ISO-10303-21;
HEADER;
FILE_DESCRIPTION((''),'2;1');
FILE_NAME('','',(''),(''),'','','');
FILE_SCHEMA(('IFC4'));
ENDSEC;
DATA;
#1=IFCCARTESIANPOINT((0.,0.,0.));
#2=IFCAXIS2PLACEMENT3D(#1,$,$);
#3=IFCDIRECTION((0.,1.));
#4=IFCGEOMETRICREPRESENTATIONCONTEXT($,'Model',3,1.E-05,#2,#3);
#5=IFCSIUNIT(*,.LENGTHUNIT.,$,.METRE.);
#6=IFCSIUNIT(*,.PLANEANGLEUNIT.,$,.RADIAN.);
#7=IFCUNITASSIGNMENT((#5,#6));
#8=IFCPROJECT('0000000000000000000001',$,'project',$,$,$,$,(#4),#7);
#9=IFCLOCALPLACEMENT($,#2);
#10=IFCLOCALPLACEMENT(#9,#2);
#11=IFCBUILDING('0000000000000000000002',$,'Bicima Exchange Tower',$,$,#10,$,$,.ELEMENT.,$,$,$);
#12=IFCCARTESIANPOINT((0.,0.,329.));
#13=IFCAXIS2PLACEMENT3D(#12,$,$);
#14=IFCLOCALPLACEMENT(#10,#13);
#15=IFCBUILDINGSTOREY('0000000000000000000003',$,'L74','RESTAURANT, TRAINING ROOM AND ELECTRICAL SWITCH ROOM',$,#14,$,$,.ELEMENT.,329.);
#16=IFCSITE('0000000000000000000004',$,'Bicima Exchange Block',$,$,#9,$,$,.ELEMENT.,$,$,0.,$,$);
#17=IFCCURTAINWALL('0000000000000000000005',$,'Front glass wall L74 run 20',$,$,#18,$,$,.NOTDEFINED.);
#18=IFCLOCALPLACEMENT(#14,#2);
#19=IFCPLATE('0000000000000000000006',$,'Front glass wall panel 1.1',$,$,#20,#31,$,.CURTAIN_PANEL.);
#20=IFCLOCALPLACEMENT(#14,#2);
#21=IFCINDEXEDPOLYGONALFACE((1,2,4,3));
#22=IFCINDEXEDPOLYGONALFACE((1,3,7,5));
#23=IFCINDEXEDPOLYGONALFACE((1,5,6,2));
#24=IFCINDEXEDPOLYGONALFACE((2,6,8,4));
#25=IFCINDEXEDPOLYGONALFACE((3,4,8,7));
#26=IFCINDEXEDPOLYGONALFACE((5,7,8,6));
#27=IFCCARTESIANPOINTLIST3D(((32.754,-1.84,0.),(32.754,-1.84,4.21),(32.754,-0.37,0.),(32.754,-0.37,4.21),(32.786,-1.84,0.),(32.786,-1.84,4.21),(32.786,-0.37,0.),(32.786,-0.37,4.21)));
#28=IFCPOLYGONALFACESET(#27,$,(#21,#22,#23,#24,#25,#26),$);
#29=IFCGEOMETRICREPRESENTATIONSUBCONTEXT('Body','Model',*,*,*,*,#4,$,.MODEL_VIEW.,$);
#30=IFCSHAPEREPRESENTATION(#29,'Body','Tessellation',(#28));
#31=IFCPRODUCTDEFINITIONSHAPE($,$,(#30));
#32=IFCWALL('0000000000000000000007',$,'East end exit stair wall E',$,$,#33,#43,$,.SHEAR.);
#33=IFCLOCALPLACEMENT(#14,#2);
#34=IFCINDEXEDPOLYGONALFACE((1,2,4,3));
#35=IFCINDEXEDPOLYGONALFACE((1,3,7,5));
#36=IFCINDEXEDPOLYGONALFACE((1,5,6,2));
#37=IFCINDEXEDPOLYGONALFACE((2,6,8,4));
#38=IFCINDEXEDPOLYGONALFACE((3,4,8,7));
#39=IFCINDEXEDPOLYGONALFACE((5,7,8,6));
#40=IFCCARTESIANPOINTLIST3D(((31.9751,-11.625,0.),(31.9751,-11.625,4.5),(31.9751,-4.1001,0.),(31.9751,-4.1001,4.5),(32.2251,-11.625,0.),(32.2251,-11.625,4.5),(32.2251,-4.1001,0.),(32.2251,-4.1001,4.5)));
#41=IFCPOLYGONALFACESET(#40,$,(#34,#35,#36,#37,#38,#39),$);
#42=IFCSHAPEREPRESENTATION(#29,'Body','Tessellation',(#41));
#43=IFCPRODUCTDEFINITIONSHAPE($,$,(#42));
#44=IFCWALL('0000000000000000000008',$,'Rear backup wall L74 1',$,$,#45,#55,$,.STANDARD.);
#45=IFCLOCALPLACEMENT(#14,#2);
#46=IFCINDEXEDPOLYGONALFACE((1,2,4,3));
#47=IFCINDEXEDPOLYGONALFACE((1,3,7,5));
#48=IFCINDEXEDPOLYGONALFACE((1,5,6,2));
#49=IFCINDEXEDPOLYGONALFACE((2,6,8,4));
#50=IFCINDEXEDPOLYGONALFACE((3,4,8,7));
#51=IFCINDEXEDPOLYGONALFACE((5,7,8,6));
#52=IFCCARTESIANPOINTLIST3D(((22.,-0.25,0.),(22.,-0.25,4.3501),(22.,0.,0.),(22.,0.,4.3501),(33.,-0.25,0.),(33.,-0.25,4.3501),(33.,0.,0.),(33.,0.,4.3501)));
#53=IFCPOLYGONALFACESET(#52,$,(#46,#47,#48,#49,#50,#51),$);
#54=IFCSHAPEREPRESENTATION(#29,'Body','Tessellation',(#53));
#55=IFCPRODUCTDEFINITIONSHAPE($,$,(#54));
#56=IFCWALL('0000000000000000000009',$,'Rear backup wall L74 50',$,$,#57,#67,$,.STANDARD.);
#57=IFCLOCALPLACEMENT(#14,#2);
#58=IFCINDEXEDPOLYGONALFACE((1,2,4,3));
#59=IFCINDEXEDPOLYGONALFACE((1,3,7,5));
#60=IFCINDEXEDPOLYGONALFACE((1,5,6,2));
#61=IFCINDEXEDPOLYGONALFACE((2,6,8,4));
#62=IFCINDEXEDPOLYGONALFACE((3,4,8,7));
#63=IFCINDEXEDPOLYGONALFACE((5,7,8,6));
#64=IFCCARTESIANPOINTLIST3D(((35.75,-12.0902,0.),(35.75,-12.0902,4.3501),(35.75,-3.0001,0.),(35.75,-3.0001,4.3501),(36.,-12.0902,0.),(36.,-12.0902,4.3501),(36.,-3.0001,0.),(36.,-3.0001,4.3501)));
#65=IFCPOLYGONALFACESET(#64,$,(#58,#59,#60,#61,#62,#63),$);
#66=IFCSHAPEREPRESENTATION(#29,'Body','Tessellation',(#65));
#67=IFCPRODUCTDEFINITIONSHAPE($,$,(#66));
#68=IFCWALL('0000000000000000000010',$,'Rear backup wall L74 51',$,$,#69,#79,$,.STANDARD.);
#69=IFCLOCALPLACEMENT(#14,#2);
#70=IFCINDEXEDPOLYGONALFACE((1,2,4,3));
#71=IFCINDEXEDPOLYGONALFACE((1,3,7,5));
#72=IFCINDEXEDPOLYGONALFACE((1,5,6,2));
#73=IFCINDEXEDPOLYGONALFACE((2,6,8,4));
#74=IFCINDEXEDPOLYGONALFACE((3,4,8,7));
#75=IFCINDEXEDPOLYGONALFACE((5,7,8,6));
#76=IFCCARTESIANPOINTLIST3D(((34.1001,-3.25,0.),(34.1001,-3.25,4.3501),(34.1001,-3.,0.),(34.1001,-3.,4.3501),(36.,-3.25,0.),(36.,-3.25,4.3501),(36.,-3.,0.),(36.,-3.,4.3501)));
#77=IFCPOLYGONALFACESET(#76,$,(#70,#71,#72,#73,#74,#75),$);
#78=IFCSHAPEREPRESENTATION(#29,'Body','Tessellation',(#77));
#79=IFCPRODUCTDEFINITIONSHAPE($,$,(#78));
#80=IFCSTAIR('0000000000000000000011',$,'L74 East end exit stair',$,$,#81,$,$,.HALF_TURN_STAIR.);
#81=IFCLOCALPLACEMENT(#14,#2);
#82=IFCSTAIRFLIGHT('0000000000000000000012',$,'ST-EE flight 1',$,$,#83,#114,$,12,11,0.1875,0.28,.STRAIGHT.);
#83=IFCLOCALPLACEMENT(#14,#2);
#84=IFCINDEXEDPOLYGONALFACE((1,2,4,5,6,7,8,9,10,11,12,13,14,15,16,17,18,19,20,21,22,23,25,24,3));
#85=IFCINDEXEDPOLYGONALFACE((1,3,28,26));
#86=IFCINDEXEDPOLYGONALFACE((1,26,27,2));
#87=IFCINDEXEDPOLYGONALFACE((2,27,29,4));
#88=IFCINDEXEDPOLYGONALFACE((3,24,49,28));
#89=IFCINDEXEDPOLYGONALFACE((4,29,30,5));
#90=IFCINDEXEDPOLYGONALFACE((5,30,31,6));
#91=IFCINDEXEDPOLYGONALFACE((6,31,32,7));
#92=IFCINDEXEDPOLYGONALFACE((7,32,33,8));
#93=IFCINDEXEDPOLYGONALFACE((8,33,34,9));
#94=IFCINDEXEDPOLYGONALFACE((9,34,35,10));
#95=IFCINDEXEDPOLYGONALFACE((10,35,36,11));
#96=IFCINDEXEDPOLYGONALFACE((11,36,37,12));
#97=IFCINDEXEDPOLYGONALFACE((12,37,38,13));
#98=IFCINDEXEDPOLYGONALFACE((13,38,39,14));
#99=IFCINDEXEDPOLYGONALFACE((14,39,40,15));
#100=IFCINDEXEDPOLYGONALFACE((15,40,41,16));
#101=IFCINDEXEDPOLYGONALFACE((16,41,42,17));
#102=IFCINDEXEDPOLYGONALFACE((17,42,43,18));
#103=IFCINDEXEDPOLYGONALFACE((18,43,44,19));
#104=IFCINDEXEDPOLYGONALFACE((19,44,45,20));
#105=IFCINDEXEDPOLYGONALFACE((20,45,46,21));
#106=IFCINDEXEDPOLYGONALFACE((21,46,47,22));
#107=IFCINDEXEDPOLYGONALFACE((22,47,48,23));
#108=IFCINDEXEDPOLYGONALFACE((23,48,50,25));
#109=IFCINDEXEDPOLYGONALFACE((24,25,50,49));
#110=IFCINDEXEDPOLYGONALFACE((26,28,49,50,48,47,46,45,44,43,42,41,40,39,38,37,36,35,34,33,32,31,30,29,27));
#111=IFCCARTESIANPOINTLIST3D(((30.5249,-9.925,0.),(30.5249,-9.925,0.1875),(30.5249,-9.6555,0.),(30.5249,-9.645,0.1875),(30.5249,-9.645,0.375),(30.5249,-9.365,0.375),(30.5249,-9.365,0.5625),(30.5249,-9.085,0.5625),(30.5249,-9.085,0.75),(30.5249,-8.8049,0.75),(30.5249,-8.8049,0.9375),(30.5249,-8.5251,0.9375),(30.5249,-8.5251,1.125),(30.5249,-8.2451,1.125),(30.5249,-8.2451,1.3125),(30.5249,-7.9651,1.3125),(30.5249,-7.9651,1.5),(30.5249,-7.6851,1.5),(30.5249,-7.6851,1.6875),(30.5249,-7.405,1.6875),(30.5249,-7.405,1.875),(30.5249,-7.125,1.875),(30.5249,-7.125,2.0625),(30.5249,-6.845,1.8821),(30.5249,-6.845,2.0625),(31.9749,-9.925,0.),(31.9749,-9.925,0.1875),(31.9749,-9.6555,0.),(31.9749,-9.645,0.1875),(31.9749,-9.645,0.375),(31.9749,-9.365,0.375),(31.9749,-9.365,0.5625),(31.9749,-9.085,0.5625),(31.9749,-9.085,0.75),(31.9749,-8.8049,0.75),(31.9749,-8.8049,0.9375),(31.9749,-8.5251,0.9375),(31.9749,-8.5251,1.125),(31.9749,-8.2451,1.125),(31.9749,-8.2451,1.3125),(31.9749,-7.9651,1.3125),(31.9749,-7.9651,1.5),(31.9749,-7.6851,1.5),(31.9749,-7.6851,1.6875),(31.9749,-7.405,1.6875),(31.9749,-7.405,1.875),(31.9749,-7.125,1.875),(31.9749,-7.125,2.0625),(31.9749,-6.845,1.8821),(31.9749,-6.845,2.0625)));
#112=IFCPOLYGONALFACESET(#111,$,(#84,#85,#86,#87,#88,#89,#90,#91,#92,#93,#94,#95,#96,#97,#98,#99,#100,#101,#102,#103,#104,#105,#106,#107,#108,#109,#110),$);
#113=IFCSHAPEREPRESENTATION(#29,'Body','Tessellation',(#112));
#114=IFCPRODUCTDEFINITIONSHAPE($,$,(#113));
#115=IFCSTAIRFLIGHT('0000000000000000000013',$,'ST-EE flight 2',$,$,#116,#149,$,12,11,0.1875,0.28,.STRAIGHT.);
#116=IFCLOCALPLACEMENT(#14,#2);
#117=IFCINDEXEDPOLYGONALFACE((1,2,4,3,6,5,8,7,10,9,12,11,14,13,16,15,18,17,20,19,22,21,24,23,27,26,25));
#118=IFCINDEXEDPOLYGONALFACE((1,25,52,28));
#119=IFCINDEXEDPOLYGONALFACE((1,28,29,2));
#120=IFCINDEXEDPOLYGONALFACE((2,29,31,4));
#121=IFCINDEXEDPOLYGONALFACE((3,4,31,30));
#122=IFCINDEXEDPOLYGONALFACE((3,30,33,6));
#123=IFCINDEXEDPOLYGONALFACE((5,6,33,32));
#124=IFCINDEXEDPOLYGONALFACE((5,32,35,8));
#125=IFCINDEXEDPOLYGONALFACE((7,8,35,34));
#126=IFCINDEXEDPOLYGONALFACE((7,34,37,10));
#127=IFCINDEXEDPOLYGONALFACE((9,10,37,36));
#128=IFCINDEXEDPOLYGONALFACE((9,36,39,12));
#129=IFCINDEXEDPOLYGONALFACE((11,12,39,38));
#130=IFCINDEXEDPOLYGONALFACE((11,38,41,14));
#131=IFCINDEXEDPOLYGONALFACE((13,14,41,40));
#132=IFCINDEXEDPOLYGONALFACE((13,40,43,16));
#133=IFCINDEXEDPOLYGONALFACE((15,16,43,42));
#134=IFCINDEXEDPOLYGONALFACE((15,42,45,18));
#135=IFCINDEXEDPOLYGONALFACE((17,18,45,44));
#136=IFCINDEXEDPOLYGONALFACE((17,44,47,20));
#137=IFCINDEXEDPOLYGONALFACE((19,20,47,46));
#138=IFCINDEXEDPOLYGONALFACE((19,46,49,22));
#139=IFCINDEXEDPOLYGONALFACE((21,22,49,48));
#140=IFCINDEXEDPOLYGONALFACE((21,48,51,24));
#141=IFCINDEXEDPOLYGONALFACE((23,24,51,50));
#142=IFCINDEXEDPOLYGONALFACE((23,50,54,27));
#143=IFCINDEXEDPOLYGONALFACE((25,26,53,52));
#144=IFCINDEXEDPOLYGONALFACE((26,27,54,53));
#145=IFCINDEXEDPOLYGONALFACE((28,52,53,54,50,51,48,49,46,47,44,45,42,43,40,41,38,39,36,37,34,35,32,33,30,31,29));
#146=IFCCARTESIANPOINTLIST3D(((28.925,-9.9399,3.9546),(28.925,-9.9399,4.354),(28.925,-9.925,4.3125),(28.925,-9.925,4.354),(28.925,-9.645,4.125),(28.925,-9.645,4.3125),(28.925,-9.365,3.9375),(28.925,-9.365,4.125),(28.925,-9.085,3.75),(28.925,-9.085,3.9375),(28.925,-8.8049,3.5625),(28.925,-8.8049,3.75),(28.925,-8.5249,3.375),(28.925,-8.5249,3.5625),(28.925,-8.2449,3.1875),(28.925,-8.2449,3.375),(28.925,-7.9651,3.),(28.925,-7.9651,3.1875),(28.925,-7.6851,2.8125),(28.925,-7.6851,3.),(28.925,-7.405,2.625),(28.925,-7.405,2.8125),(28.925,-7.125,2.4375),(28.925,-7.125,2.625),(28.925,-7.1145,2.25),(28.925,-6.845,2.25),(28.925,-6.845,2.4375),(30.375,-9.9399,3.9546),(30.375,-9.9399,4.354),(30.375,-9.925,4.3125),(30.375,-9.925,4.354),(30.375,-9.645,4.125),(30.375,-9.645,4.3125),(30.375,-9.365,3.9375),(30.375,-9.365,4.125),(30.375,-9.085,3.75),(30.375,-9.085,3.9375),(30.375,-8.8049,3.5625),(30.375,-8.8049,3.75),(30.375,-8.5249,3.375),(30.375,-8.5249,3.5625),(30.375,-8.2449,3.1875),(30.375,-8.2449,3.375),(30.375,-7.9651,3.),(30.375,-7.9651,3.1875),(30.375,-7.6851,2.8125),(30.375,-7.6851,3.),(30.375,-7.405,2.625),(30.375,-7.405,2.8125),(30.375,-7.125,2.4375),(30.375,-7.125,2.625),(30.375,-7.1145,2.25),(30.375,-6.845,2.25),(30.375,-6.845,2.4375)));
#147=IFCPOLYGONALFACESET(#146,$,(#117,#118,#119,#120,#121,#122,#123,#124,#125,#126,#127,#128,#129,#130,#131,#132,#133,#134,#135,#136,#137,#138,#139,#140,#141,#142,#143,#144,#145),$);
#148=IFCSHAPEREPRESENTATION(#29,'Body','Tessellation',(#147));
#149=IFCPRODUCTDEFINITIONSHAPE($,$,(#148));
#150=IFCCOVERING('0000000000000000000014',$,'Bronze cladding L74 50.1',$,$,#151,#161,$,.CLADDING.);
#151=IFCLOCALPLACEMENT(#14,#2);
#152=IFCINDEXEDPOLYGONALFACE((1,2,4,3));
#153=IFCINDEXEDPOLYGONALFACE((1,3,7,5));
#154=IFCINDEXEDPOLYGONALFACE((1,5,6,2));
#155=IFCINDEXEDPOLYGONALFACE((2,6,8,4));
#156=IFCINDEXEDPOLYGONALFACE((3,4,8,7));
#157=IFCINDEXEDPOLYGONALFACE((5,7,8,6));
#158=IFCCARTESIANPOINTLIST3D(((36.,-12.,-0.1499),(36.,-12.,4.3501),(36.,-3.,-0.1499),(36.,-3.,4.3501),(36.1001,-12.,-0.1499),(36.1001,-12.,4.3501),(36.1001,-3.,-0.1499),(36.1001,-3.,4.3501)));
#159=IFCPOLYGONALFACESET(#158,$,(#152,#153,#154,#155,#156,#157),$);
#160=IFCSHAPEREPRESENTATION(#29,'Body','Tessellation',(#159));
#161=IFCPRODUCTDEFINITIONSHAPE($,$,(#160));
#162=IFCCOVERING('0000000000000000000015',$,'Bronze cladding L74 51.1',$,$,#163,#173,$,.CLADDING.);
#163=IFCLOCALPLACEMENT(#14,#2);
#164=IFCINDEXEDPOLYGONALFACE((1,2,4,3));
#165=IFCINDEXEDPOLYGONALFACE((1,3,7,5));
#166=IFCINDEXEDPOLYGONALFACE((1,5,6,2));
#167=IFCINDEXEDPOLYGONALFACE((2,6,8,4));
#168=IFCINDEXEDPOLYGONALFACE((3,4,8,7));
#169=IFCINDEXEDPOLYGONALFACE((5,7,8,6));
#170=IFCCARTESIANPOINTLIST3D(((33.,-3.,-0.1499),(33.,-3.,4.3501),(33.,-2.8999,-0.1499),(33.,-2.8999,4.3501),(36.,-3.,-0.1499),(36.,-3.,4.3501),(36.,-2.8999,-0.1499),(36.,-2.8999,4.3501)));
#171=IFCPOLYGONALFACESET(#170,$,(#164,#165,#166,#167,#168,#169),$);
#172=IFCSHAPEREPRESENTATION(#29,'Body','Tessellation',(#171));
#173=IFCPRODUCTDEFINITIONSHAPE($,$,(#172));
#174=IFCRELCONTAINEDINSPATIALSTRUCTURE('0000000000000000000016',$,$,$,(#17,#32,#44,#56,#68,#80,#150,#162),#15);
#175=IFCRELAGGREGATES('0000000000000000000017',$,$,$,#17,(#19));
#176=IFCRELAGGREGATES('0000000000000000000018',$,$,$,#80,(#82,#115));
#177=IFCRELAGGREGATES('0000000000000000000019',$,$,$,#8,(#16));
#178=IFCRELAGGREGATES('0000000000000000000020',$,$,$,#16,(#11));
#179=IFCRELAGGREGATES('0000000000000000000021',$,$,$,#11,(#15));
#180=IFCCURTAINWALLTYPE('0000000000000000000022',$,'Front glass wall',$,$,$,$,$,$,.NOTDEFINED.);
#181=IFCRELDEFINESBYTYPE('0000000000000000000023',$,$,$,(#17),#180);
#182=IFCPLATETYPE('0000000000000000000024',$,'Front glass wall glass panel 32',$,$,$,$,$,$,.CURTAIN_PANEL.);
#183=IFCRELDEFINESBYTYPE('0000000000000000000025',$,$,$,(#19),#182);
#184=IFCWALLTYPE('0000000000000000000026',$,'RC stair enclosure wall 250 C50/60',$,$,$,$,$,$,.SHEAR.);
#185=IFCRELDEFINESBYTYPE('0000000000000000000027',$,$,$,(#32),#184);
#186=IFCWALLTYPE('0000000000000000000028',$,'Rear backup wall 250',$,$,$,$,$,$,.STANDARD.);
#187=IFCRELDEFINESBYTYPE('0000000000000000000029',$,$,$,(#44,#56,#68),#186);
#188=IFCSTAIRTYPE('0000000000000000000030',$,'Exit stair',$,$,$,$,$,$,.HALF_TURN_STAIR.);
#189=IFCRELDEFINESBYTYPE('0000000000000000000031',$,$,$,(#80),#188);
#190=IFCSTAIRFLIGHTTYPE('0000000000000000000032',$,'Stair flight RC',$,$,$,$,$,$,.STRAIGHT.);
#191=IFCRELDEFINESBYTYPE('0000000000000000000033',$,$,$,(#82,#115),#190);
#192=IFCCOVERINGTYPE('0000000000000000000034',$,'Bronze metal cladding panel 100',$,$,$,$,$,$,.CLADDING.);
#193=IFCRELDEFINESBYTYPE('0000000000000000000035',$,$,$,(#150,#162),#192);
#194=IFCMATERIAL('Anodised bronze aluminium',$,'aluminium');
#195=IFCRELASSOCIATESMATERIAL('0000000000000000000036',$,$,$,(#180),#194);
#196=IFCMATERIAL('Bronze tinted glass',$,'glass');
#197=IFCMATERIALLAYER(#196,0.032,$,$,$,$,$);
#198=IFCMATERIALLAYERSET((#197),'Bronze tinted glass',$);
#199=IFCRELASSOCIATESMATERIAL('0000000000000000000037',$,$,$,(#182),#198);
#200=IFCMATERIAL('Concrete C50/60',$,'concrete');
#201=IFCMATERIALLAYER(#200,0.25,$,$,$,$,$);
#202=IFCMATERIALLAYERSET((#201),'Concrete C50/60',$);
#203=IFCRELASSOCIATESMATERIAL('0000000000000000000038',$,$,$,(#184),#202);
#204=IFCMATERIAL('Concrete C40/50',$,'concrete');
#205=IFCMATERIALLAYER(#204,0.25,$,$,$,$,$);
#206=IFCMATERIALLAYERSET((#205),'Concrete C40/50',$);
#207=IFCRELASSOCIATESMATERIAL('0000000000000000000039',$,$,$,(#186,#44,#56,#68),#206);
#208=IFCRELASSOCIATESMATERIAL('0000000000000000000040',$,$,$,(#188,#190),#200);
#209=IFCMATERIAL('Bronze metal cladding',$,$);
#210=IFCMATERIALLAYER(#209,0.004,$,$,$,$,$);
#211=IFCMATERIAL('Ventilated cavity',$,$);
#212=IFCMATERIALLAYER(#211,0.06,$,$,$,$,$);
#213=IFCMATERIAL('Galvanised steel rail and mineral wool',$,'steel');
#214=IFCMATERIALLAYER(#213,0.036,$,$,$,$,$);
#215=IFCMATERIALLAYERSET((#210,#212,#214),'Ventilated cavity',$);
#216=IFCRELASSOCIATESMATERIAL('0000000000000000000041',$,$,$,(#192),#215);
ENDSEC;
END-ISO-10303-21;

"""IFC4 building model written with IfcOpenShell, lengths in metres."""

from ifc_helpers import new_model, si_unit, direction, frame, frame_2d, origin, origin_2d, place, context, subcontext, project, spatial, polyline, rectangle, outline, extrude, material, layer, layer_set, layer_usage, type_object, element, aggregate, save


model = new_model("IFC4")

# Units and contexts
model_context = context("Model", 3, precision=1e-05, world=origin(), true_north=direction((0.0, 1.0)))
body_context = subcontext(model_context, "Body", "Model", "MODEL_VIEW")
ifc_project = project(units=[si_unit("LENGTHUNIT", "METRE"), si_unit("PLANEANGLEUNIT", "RADIAN")], contexts=[model_context])

# Site, building, storey
site_placement = place(None, origin())
site = spatial("IfcSite", under=ifc_project, at=site_placement, Name="Bicima Exchange Block", CompositionType="ELEMENT", RefElevation=0.0)
building_placement = place(site_placement, origin())
building = spatial("IfcBuilding", under=site, at=building_placement, Name="Bicima Exchange Tower", CompositionType="ELEMENT")
storey_placement = place(building_placement, frame((0.0, 0.0, 329.0)))
storey = spatial("IfcBuildingStorey", under=building, at=storey_placement, Name="L74", Description="RESTAURANT, TRAINING ROOM AND ELECTRICAL SWITCH ROOM", CompositionType="ELEMENT", Elevation=329.0)

# Shared definitions
ifc_material_1 = material(Name="Anodised bronze aluminium", Category="aluminium")

# Curtain wall
curtain_wall_type_1 = type_object("IfcCurtainWallType", Name="Front glass wall", PredefinedType="NOTDEFINED", material=ifc_material_1)
curtain_wall_1_placement = place(storey_placement, origin())
curtain_wall_1 = element("IfcCurtainWall", 1, at=curtain_wall_1_placement, inside=storey, type_object=curtain_wall_type_1, Name="Front glass wall L74 run 20", PredefinedType="NOTDEFINED")

# Plate
ifc_material_2 = material(Name="Bronze tinted glass", Category="glass")
ifc_layer_1 = layer(ifc_material_2, 0.032)
ifc_layer_set_1 = layer_set([ifc_layer_1], Name="Bronze tinted glass")
plate_type = type_object("IfcPlateType", Name="Front glass wall glass panel 32", PredefinedType="CURTAIN_PANEL", material=ifc_layer_set_1)
plate_placement = place(storey_placement, frame((32.77, -1.105, 0.0), z_axis=(0.0, 0.0, 1.0), x_axis=(0.0, 1.0, 0.0)))
plate = element("IfcPlate", 2, at=plate_placement, type_object=plate_type, Name="Front glass wall panel 1.1", PredefinedType="CURTAIN_PANEL", context=body_context, shape_type="SweptSolid", body=[
    extrude(rectangle(XDim=1.47, YDim=0.032, at=origin_2d()), origin(), (0.0, 0.0, 1.0), 4.21),
])
aggregate(curtain_wall_1, [plate])

# Walls
ifc_material_3 = material(Name="Concrete C50/60", Category="concrete")
ifc_layer_2 = layer(ifc_material_3, 0.25)
ifc_layer_set_2 = layer_set([ifc_layer_2], Name="Concrete C50/60")
wall_type_1 = type_object("IfcWallType", Name="RC stair enclosure wall 250 C50/60", PredefinedType="SHEAR", material=ifc_layer_set_2)
wall_1_placement = place(storey_placement, frame((32.1001, -11.625, 0.0), z_axis=(0.0, 0.0, 1.0), x_axis=(0.0, 1.0, 0.0)))
element("IfcWall", 3, at=wall_1_placement, inside=storey, type_object=wall_type_1, Name="East end exit stair wall E", PredefinedType="SHEAR", context=body_context, shape_type="SweptSolid", body=[
    extrude(rectangle(XDim=7.5249, YDim=0.25, at=frame_2d((3.7625, 0.0))), origin(), (0.0, 0.0, 1.0), 4.5),
])
ifc_material_4 = material(Name="Concrete C40/50", Category="concrete")
ifc_layer_3 = layer(ifc_material_4, 0.25)
ifc_layer_set_3 = layer_set([ifc_layer_3], Name="Concrete C40/50")
ifc_layer_usage = layer_usage(ifc_layer_set_3, "AXIS2", "POSITIVE", -0.125)
wall_type_2 = type_object("IfcWallType", Name="Rear backup wall 250", PredefinedType="STANDARD", material=ifc_layer_set_3)
wall_2_placement = place(storey_placement, frame((33.0, -0.125, 0.0), z_axis=(0.0, 0.0, 1.0), x_axis=(-1.0, 0.0, 0.0)))
element("IfcWall", 4, at=wall_2_placement, inside=storey, type_object=wall_type_2, material=ifc_layer_usage, Name="Rear backup wall L74 1", PredefinedType="STANDARD", context=body_context, shape_type="SweptSolid", body=[
    extrude(rectangle(XDim=11.0, YDim=0.25, at=frame_2d((5.5, 0.0))), origin(), (0.0, 0.0, 1.0), 4.3501),
])
wall_3_placement = place(storey_placement, frame((35.875, -12.0901, 0.0), z_axis=(0.0, 0.0, 1.0), x_axis=(0.0, 1.0, 0.0)))
element("IfcWall", 5, at=wall_3_placement, inside=storey, type_object=wall_type_2, material=ifc_layer_usage, Name="Rear backup wall L74 50", PredefinedType="STANDARD", context=body_context, shape_type="SweptSolid", body=[
    extrude(rectangle(XDim=9.0901, YDim=0.25, at=frame_2d((4.5449, 0.0))), origin(), (0.0, 0.0, 1.0), 4.3501),
])
wall_4_placement = place(storey_placement, frame((36.0, -3.125, 0.0), z_axis=(0.0, 0.0, 1.0), x_axis=(-1.0, 0.0, 0.0)))
element("IfcWall", 6, at=wall_4_placement, inside=storey, type_object=wall_type_2, material=ifc_layer_usage, Name="Rear backup wall L74 51", PredefinedType="STANDARD", context=body_context, shape_type="SweptSolid", body=[
    extrude(rectangle(XDim=1.8999, YDim=0.25, at=frame_2d((0.95, 0.0))), origin(), (0.0, 0.0, 1.0), 4.3501),
])

# Stair, stair flights
stair_type = type_object("IfcStairType", Name="Exit stair", PredefinedType="HALF_TURN_STAIR", material=ifc_material_3)
stair_placement = place(storey_placement, origin())
stair = element("IfcStair", 7, at=stair_placement, inside=storey, type_object=stair_type, Name="L74 East end exit stair", PredefinedType="HALF_TURN_STAIR")
stair_flight_type = type_object("IfcStairFlightType", Name="Stair flight RC", PredefinedType="STRAIGHT", material=ifc_material_3)
stair_flight_1_placement = place(storey_placement, frame((31.25, -9.925, 0.0), z_axis=(0.0, 0.0, 1.0), x_axis=(0.0, 1.0, 0.0)))
stair_flight_1 = element("IfcStairFlight", 8, at=stair_flight_1_placement, type_object=stair_flight_type, Name="ST-EE flight 1", NumberOfRisers=12, NumberOfTreads=11, PredefinedType="STRAIGHT", RiserHeight=0.1875, TreadLength=0.28, context=body_context, shape_type="SweptSolid", body=[
    extrude(outline(polyline([(0.0, 0.0), (0.0, 0.1875), (0.28, 0.1875), (0.28, 0.375), (0.5601, 0.375), (0.5601, 0.5625), (0.8401, 0.5625), (0.8401, 0.75), (1.1201, 0.75), (1.1201, 0.9375), (1.3999, 0.9375), (1.3999, 1.125), (1.6799, 1.125), (1.6799, 1.3125), (1.96, 1.3125), (1.96, 1.5), (2.24, 1.5), (2.24, 1.6875), (2.52, 1.6875), (2.52, 1.875), (2.8, 1.875), (2.8, 2.0625), (3.0801, 2.0625), (3.0801, 2.25), (3.0801, 1.8821), (0.2695, 0.0), (0.0, 0.0)])), frame((0.0, 0.7251, 0.0), z_axis=(0.0, -1.0, 0.0), x_axis=(1.0, 0.0, 0.0)), (0.0, 0.0, 1.0), 1.45),
])
stair_flight_2_placement = place(storey_placement, frame((29.6499, -6.845, 2.25), z_axis=(0.0, 0.0, 1.0), x_axis=(0.0, -1.0, 0.0)))
stair_flight_2 = element("IfcStairFlight", 9, at=stair_flight_2_placement, type_object=stair_flight_type, Name="ST-EE flight 2", NumberOfRisers=12, NumberOfTreads=11, PredefinedType="STRAIGHT", RiserHeight=0.1875, TreadLength=0.28, context=body_context, shape_type="SweptSolid", body=[
    extrude(outline(polyline([(0.0, 0.0), (0.0, 0.1875), (0.28, 0.1875), (0.28, 0.375), (0.5601, 0.375), (0.5601, 0.5625), (0.8401, 0.5625), (0.8401, 0.75), (1.1201, 0.75), (1.1201, 0.9375), (1.3999, 0.9375), (1.3999, 1.125), (1.6799, 1.125), (1.6799, 1.3125), (1.96, 1.3125), (1.96, 1.5), (2.24, 1.5), (2.24, 1.6875), (2.52, 1.6875), (2.52, 1.875), (2.8, 1.875), (2.8, 2.0625), (3.0801, 2.0625), (3.0801, 2.104), (3.095, 2.104), (3.095, 1.7046), (0.2695, 0.0), (0.0, 0.0)])), frame((0.0, 0.7251, 0.0), z_axis=(0.0, -1.0, 0.0), x_axis=(1.0, 0.0, 0.0)), (0.0, 0.0, 1.0), 1.45),
])
aggregate(stair, [stair_flight_1, stair_flight_2])

# Coverings
ifc_material_5 = material(Name="Bronze metal cladding")
ifc_layer_4 = layer(ifc_material_5, 0.004)
ifc_material_6 = material(Name="Ventilated cavity")
ifc_layer_5 = layer(ifc_material_6, 0.06)
ifc_material_7 = material(Name="Galvanised steel rail and mineral wool", Category="steel")
ifc_layer_6 = layer(ifc_material_7, 0.036)
ifc_layer_set_4 = layer_set([ifc_layer_4, ifc_layer_5, ifc_layer_6], Name="Ventilated cavity")
covering_type = type_object("IfcCoveringType", Name="Bronze metal cladding panel 100", PredefinedType="CLADDING", material=ifc_layer_set_4)
covering_1_placement = place(storey_placement, frame((36.05, -7.5, -0.1499), z_axis=(0.0, 0.0, 1.0), x_axis=(0.0, 1.0, 0.0)))
element("IfcCovering", 10, at=covering_1_placement, inside=storey, type_object=covering_type, Name="Bronze cladding L74 50.1", PredefinedType="CLADDING", context=body_context, shape_type="SweptSolid", body=[
    extrude(rectangle(XDim=9.0, YDim=0.1001, at=origin_2d()), origin(), (0.0, 0.0, 1.0), 4.5),
])
covering_2_placement = place(storey_placement, frame((34.5, -2.95, -0.1499), z_axis=(0.0, 0.0, 1.0), x_axis=(-1.0, 0.0, 0.0)))
element("IfcCovering", 11, at=covering_2_placement, inside=storey, type_object=covering_type, Name="Bronze cladding L74 51.1", PredefinedType="CLADDING", context=body_context, shape_type="SweptSolid", body=[
    extrude(rectangle(XDim=3.0, YDim=0.1001, at=origin_2d()), origin(), (0.0, 0.0, 1.0), 4.5),
])

save(model, "model.ifc")
